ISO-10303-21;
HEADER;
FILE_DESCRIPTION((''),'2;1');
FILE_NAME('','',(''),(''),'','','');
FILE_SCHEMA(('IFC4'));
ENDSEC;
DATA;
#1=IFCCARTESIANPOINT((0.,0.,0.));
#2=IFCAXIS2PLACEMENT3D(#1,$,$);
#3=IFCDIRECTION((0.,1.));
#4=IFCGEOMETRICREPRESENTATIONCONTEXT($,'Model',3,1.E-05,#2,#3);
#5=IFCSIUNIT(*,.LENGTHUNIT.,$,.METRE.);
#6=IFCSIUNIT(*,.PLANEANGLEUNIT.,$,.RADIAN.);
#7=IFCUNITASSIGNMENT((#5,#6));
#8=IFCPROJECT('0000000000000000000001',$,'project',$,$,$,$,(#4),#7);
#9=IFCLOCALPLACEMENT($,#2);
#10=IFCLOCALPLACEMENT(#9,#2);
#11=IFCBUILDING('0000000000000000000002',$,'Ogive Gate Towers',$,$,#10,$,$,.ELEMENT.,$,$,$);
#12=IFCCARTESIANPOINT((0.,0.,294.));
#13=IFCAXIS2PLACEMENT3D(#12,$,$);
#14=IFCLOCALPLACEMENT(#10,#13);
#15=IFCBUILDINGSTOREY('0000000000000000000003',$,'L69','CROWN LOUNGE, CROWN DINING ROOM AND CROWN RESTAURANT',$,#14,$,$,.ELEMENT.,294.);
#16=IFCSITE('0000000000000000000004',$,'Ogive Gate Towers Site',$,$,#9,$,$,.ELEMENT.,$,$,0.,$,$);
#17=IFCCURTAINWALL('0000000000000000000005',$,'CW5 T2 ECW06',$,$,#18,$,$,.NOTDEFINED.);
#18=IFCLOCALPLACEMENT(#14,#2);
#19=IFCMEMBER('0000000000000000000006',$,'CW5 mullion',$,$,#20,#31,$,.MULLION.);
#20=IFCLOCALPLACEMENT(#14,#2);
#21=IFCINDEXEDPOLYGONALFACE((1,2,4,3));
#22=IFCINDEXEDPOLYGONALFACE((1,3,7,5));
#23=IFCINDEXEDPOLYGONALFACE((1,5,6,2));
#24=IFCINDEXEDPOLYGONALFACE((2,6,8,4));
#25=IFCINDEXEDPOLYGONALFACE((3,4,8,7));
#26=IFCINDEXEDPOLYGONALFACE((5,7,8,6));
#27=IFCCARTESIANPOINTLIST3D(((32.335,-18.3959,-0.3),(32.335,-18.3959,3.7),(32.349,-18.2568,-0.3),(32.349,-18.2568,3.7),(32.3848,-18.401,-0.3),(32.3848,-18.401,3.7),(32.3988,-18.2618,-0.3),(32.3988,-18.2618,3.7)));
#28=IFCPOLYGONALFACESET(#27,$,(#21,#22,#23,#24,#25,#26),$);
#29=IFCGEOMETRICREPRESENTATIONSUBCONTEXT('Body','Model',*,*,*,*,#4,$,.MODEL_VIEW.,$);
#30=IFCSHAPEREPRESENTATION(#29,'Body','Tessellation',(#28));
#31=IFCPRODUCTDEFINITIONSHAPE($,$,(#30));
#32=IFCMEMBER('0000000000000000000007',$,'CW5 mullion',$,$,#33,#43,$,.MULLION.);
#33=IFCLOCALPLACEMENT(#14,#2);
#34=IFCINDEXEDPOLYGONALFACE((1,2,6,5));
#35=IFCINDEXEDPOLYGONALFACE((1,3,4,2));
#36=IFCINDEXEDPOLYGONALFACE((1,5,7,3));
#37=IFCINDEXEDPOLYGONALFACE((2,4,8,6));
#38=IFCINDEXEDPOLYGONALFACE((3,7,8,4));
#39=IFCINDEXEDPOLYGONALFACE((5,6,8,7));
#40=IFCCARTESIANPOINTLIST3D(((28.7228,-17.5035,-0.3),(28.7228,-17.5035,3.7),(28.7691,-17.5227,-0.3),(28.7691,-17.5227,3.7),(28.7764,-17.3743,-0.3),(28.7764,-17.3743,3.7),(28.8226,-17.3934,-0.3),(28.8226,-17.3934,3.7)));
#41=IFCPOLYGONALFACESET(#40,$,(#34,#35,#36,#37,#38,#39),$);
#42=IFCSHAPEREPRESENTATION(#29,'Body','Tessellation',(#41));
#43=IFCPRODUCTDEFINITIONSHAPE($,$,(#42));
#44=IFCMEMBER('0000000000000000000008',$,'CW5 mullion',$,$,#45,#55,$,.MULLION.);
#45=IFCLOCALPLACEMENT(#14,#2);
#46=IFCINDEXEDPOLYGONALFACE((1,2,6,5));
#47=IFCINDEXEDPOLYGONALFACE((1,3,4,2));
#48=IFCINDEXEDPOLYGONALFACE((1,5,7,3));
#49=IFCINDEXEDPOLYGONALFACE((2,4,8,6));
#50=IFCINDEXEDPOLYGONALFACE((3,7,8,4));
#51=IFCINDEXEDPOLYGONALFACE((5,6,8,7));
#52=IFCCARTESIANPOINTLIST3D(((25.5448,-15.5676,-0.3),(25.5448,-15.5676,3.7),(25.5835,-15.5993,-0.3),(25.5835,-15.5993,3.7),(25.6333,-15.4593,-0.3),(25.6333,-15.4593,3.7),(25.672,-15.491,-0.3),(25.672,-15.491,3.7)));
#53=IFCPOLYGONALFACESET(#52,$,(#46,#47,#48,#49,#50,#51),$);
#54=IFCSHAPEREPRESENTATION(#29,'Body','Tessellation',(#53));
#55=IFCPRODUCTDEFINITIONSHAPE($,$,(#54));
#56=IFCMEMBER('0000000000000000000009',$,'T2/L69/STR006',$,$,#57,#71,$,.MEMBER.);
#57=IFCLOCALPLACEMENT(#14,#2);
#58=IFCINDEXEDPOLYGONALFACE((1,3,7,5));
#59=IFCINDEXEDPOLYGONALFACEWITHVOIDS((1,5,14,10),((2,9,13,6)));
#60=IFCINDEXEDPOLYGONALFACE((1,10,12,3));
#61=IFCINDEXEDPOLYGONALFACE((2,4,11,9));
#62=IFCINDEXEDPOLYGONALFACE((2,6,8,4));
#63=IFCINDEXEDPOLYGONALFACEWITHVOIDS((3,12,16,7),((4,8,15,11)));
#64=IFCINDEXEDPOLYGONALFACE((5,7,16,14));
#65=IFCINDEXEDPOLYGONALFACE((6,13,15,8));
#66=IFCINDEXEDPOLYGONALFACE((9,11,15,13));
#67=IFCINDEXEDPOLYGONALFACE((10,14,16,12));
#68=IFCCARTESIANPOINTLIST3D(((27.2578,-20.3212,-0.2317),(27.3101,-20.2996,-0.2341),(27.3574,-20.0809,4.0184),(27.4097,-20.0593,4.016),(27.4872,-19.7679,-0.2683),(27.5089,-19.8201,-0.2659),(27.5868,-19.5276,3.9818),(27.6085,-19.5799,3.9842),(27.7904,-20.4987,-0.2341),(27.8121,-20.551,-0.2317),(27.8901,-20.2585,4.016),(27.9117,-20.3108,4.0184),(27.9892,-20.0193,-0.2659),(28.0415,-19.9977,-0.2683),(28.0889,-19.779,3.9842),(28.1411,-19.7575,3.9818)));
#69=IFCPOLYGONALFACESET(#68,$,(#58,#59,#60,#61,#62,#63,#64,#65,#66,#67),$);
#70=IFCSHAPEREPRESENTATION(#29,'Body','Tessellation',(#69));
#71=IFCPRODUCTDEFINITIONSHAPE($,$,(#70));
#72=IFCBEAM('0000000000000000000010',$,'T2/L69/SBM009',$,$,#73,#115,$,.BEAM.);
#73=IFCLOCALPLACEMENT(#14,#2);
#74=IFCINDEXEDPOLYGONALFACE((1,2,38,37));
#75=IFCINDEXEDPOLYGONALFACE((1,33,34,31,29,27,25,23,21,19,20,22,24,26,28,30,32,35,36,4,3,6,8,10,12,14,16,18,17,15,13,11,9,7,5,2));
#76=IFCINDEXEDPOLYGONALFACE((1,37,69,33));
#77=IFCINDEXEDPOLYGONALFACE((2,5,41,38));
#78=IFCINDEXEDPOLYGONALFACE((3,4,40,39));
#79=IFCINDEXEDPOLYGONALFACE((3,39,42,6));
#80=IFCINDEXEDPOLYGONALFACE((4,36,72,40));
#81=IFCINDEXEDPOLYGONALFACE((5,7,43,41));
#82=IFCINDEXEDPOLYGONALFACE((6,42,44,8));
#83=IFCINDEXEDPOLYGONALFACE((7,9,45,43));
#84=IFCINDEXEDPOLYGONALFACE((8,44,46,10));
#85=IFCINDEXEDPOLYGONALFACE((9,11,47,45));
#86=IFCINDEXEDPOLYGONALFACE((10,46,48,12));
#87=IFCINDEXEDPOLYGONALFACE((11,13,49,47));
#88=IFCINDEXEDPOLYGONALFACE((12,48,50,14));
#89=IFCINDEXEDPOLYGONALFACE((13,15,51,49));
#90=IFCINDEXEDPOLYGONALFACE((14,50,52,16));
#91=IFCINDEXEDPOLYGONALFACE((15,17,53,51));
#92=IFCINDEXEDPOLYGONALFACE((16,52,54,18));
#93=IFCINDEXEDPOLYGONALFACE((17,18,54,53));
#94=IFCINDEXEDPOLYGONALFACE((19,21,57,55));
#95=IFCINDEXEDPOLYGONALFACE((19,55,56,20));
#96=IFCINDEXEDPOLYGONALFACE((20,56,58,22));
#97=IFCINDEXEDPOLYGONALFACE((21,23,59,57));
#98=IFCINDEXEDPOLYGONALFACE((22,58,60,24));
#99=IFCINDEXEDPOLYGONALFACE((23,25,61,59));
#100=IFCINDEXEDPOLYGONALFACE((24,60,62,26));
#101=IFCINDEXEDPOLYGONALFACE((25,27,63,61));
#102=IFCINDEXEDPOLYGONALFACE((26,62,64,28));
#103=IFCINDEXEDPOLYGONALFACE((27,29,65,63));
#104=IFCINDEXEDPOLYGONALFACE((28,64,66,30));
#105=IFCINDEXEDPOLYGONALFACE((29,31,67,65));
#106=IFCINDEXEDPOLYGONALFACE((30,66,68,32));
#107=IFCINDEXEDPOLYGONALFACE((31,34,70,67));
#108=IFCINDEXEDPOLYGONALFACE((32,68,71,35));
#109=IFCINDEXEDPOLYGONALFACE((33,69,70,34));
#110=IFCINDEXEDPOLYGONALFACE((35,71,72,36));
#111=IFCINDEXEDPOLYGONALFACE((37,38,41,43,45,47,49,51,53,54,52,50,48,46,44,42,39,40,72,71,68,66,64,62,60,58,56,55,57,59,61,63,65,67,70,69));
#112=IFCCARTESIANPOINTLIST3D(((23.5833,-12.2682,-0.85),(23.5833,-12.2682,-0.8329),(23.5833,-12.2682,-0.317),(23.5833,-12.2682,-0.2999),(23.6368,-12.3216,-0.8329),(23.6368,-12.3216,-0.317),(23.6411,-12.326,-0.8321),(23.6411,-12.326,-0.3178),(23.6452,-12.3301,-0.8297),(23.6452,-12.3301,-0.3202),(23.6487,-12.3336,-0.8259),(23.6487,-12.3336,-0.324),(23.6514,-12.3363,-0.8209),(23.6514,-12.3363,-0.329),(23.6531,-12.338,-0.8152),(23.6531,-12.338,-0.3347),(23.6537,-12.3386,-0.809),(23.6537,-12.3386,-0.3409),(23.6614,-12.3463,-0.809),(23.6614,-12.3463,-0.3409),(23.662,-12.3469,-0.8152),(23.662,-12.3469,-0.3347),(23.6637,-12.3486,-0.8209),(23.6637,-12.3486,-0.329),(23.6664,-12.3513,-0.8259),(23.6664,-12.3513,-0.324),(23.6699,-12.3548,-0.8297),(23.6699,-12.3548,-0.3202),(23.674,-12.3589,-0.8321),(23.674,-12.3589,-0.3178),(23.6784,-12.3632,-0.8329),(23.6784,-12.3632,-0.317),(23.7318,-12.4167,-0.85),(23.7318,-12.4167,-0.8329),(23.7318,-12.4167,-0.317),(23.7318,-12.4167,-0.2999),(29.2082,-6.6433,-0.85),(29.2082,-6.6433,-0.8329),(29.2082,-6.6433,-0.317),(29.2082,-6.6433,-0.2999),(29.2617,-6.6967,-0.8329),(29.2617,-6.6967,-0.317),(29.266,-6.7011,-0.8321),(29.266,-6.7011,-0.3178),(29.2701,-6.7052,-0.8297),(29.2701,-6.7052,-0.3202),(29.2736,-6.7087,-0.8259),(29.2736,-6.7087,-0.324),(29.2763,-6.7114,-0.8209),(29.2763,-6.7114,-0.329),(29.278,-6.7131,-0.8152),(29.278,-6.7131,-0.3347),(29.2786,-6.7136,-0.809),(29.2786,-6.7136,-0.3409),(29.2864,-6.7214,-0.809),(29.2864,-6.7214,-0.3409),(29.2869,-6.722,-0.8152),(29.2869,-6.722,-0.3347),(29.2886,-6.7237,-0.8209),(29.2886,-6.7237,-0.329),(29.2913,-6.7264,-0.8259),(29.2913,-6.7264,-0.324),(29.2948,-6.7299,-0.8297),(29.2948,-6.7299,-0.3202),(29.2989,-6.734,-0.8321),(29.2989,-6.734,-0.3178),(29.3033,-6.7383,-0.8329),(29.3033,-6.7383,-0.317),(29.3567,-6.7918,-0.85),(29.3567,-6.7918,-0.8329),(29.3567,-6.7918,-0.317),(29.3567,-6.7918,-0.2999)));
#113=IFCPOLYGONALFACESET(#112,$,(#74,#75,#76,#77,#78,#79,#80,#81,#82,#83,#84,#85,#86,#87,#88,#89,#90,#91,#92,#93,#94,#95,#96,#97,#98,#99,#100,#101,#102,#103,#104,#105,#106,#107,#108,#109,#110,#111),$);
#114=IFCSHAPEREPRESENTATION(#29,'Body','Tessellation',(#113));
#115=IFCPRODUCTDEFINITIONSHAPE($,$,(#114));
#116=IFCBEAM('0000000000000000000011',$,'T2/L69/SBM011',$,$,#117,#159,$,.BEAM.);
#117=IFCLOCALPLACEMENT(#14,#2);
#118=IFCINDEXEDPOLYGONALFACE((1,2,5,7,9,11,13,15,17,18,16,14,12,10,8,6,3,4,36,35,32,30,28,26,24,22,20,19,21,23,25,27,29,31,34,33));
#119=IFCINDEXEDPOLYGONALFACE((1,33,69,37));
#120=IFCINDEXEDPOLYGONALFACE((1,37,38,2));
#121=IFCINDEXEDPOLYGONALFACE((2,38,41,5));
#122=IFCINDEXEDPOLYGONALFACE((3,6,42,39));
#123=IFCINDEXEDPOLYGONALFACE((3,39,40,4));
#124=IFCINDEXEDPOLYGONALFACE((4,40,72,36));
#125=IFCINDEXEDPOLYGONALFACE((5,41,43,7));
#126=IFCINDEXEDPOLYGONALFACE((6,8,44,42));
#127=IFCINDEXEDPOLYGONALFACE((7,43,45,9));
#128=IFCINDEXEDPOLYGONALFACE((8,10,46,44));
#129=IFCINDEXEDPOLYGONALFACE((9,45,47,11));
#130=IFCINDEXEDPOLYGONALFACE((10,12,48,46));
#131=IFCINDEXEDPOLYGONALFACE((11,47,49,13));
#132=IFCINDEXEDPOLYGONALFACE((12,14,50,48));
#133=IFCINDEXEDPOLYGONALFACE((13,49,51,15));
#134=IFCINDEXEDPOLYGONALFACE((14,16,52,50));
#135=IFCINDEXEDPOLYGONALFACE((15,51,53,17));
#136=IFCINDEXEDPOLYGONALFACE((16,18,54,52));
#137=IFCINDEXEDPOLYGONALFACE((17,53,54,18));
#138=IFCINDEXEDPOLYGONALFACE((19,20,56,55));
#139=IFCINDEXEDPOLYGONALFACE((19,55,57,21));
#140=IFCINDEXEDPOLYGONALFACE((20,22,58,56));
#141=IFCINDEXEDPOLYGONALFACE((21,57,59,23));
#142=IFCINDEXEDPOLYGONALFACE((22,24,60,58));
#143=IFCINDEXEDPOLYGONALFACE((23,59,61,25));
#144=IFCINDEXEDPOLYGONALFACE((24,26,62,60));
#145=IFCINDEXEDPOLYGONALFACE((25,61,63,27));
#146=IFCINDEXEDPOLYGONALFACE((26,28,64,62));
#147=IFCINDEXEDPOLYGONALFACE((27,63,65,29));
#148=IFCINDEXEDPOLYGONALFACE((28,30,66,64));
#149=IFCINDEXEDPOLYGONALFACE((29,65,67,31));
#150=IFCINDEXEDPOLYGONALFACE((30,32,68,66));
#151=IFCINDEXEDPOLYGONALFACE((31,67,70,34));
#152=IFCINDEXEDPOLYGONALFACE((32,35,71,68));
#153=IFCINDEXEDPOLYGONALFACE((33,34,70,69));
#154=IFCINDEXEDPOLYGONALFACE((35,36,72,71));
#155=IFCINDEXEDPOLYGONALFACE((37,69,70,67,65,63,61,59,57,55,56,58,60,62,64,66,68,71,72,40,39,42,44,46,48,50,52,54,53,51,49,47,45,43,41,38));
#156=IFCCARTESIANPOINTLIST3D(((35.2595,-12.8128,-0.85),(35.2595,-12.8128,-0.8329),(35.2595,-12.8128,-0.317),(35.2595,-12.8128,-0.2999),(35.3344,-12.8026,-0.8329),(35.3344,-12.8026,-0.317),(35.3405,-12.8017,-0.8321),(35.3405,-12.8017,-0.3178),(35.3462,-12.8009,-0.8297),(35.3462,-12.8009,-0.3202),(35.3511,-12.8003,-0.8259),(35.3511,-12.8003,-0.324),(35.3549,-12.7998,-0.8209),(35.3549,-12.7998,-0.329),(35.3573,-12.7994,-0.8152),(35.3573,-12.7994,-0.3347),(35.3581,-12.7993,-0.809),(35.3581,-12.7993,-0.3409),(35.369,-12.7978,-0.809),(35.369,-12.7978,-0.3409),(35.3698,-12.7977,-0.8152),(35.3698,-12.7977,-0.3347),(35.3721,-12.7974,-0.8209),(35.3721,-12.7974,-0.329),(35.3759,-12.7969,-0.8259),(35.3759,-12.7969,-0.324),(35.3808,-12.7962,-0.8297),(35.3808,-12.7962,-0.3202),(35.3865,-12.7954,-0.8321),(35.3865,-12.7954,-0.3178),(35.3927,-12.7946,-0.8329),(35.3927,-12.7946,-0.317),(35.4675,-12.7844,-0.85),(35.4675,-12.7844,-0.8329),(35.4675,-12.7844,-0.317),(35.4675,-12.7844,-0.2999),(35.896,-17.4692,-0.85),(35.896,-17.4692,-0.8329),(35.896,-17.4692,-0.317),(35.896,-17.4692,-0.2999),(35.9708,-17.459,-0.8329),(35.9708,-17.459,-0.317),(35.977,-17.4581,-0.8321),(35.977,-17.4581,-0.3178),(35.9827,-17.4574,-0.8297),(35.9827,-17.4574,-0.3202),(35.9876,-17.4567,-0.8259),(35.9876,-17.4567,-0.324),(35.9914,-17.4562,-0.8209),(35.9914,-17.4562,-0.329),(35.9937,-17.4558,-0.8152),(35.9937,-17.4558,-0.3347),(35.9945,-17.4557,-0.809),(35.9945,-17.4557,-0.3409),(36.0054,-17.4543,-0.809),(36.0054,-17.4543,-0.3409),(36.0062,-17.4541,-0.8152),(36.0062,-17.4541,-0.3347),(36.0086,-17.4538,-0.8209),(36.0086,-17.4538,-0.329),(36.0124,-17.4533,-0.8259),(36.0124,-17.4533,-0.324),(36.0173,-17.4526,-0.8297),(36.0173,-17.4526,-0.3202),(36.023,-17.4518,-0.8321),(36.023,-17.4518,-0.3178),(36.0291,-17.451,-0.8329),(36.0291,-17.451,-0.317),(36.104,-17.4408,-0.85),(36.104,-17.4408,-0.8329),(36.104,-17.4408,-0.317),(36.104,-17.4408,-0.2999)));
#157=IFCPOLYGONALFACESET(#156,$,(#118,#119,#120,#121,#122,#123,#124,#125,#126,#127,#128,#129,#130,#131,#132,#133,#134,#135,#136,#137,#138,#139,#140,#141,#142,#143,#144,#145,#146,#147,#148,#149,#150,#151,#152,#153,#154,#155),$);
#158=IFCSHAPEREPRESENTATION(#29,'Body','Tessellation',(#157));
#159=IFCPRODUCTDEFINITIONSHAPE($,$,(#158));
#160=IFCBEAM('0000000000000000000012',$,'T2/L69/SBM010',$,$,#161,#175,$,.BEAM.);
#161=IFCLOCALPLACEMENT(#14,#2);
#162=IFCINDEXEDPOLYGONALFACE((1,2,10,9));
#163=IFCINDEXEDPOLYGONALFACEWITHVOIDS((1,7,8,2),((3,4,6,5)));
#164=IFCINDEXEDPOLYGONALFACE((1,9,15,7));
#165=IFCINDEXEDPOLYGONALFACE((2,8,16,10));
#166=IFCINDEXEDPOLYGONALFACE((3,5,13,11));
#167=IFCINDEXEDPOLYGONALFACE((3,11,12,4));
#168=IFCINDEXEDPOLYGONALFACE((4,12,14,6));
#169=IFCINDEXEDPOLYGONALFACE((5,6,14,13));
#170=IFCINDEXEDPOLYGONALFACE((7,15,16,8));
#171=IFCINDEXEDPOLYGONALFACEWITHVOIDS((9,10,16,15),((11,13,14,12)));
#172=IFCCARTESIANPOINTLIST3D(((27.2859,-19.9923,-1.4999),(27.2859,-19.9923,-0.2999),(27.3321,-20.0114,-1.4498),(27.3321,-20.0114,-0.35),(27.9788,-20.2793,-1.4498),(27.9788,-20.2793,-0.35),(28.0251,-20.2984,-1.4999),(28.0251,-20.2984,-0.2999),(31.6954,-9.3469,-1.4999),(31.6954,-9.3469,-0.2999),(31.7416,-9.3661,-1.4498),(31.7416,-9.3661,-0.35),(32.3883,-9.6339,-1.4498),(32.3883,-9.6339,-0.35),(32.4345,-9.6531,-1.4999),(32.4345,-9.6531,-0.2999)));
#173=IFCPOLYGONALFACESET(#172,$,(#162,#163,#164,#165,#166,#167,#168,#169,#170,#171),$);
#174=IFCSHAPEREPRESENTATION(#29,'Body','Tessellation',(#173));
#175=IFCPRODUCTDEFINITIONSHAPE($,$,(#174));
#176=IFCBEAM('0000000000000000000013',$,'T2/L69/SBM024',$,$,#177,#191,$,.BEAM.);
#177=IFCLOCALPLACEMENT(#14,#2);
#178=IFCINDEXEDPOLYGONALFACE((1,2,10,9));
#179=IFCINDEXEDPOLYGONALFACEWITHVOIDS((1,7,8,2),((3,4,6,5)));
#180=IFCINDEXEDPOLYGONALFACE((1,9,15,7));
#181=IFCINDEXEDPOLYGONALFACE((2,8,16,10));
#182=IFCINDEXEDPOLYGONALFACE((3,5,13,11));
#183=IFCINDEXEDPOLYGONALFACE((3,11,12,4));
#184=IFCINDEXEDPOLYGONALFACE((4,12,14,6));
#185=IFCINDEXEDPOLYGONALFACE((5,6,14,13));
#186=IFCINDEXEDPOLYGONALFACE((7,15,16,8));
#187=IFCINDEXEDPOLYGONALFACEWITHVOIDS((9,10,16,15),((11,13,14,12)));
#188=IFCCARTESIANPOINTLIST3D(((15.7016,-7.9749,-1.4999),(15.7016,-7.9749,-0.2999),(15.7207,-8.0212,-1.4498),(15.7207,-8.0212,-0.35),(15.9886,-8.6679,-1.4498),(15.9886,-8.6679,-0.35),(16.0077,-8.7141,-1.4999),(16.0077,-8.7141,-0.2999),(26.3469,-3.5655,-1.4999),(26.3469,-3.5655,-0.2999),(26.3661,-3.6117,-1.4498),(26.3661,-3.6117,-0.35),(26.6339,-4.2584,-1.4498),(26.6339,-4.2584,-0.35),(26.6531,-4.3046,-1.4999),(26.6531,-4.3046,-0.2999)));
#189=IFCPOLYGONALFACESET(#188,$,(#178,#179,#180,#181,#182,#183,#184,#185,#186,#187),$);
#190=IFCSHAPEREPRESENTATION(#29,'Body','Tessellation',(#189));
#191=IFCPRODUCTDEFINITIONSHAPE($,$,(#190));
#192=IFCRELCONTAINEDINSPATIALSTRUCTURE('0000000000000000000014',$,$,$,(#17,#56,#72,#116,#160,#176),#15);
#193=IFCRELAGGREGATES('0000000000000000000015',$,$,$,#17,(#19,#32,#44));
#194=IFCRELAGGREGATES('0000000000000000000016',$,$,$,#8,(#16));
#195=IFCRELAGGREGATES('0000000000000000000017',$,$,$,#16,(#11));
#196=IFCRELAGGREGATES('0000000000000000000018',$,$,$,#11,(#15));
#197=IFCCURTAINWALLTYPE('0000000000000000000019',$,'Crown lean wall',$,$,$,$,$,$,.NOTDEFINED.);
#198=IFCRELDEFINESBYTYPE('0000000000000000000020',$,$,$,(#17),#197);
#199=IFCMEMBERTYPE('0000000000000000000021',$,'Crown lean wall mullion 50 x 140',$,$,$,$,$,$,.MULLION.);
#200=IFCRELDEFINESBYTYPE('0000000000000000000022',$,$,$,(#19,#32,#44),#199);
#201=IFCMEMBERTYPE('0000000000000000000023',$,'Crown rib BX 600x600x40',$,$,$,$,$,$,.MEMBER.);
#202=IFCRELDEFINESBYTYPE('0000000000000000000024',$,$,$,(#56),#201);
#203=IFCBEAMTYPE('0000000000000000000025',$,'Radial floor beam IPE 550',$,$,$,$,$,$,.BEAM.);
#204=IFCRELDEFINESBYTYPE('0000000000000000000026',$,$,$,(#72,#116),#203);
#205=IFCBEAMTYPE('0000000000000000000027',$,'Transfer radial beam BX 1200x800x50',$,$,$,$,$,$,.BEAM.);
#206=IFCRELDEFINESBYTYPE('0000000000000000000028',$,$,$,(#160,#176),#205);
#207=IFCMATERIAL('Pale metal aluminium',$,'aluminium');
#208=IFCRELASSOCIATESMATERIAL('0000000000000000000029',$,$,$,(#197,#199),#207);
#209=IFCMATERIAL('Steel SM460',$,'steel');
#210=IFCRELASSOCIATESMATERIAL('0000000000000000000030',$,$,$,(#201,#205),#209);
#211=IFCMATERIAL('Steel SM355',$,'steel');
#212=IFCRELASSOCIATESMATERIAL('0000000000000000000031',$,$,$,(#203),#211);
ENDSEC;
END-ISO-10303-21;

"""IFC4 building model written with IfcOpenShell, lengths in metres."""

from ifc_helpers import new_model, si_unit, direction, frame, origin, origin_2d, place, context, subcontext, project, spatial, rectangle, hollow_rectangle, i_section, extrude, material, material_profile, profile_set, type_object, element, aggregate, save


model = new_model("IFC4")

# Units and contexts
model_context = context("Model", 3, precision=1e-05, world=origin(), true_north=direction((0.0, 1.0)))
body_context = subcontext(model_context, "Body", "Model", "MODEL_VIEW")
ifc_project = project(units=[si_unit("LENGTHUNIT", "METRE"), si_unit("PLANEANGLEUNIT", "RADIAN")], contexts=[model_context])

# Site, building, storey
site_placement = place(None, origin())
site = spatial("IfcSite", under=ifc_project, at=site_placement, Name="Ogive Gate Towers Site", CompositionType="ELEMENT", RefElevation=0.0)
building_placement = place(site_placement, origin())
building = spatial("IfcBuilding", under=site, at=building_placement, Name="Ogive Gate Towers", CompositionType="ELEMENT")
storey_placement = place(building_placement, frame((0.0, 0.0, 294.0)))
storey = spatial("IfcBuildingStorey", under=building, at=storey_placement, Name="L69", Description="CROWN LOUNGE, CROWN DINING ROOM AND CROWN RESTAURANT", CompositionType="ELEMENT", Elevation=294.0)

# Curtain wall, members
ifc_material_1 = material(Name="Pale metal aluminium", Category="aluminium")
curtain_wall_type = type_object("IfcCurtainWallType", Name="Crown lean wall", PredefinedType="NOTDEFINED", material=ifc_material_1)
curtain_wall_placement = place(storey_placement, origin())
curtain_wall = element("IfcCurtainWall", 1, at=curtain_wall_placement, inside=storey, type_object=curtain_wall_type, Name="CW5 T2 ECW06", PredefinedType="NOTDEFINED")
ifc_material_profile_1 = material_profile(ifc_material_1, rectangle(XDim=0.1399, YDim=0.05, at=origin_2d()), Name="50 x 140 aluminium box")
ifc_profile_set_1 = profile_set([ifc_material_profile_1], Name="Pale metal aluminium")
member_type_1 = type_object("IfcMemberType", Name="Crown lean wall mullion 50 x 140", PredefinedType="MULLION", material=ifc_profile_set_1)
member_1_placement = place(storey_placement, frame((32.3669, -18.3289, -0.3), z_axis=(0.0, 0.0, 1.0), x_axis=(0.100101, 0.994977, 0.0)))
member_1 = element("IfcMember", 2, at=member_1_placement, type_object=member_type_1, Name="CW5 mullion", PredefinedType="MULLION", context=body_context, shape_type="SweptSolid", body=[
    extrude(rectangle(XDim=0.1399, YDim=0.05, at=origin_2d()), origin(), (0.0, 0.0, 1.0), 4.0),
])
member_2_placement = place(storey_placement, frame((28.7727, -17.4485, -0.3), z_axis=(0.0, 0.0, 1.0), x_axis=(0.382683, 0.92388, 0.0)))
member_2 = element("IfcMember", 3, at=member_2_placement, type_object=member_type_1, Name="CW5 mullion", PredefinedType="MULLION", context=body_context, shape_type="SweptSolid", body=[
    extrude(rectangle(XDim=0.1399, YDim=0.05, at=origin_2d()), origin(), (0.0, 0.0, 1.0), 4.0),
])
member_3_placement = place(storey_placement, frame((25.6084, -15.5293, -0.3), z_axis=(0.0, 0.0, 1.0), x_axis=(0.632759, 0.774348, 0.0)))
member_3 = element("IfcMember", 4, at=member_3_placement, type_object=member_type_1, Name="CW5 mullion", PredefinedType="MULLION", context=body_context, shape_type="SweptSolid", body=[
    extrude(rectangle(XDim=0.1399, YDim=0.05, at=origin_2d()), origin(), (0.0, 0.0, 1.0), 4.0),
])

# Member
ifc_material_2 = material(Name="Steel SM460", Category="steel")
ifc_material_profile_2 = material_profile(ifc_material_2, hollow_rectangle(XDim=0.6001, YDim=0.6001, WallThickness=0.04, at=origin_2d()), Name="BX 600x600x40")
ifc_profile_set_2 = profile_set([ifc_material_profile_2], Name="Steel SM460")
member_type_2 = type_object("IfcMemberType", Name="Crown rib BX 600x600x40", PredefinedType="MEMBER", material=ifc_profile_set_2)
member_4_placement = place(storey_placement, frame((27.6497, -20.1594, -0.25), z_axis=(0.023394, 0.05642, 0.998133), x_axis=(-0.923742, 0.383015, 0.0)))
element("IfcMember", 5, at=member_4_placement, inside=storey, type_object=member_type_2, Name="T2/L69/STR006", PredefinedType="MEMBER", context=body_context, shape_type="SweptSolid", body=[
    extrude(hollow_rectangle(XDim=0.6001, YDim=0.6001, WallThickness=0.04, at=origin_2d()), origin(), (0.0, 0.0, 1.0), 4.2581),
])

# Beams
ifc_material_3 = material(Name="Steel SM355", Category="steel")
ifc_material_profile_3 = material_profile(ifc_material_3, i_section(OverallWidth=0.21, OverallDepth=0.55, WebThickness=0.011, FlangeThickness=0.0171, FilletRadius=0.0239, at=origin_2d()), Name="IPE 550")
ifc_profile_set_3 = profile_set([ifc_material_profile_3], Name="Steel SM355")
beam_type_1 = type_object("IfcBeamType", Name="Radial floor beam IPE 550", PredefinedType="BEAM", material=ifc_profile_set_3)
beam_1_placement = place(storey_placement, frame((29.2825, -6.7175, -0.575), z_axis=(-0.707107, -0.707107, 0.0), x_axis=(0.707107, -0.707107, 0.0)))
element("IfcBeam", 6, at=beam_1_placement, inside=storey, type_object=beam_type_1, Name="T2/L69/SBM009", PredefinedType="BEAM", context=body_context, shape_type="SweptSolid", body=[
    extrude(i_section(OverallWidth=0.21, OverallDepth=0.55, WebThickness=0.011, FlangeThickness=0.0171, FilletRadius=0.0239, at=origin_2d()), origin(), (0.0, 0.0, 1.0), 7.9548),
])
beam_2_placement = place(storey_placement, frame((35.3635, -12.7986, -0.575), z_axis=(0.135426, -0.990787, 0.0), x_axis=(0.990787, 0.135426, 0.0)))
element("IfcBeam", 7, at=beam_2_placement, inside=storey, type_object=beam_type_1, Name="T2/L69/SBM011", PredefinedType="BEAM", context=body_context, shape_type="SweptSolid", body=[
    extrude(i_section(OverallWidth=0.21, OverallDepth=0.55, WebThickness=0.011, FlangeThickness=0.0171, FilletRadius=0.0239, at=origin_2d()), origin(), (0.0, 0.0, 1.0), 4.6997),
])
ifc_material_profile_4 = material_profile(ifc_material_2, hollow_rectangle(XDim=0.8, YDim=1.2, WallThickness=0.05, at=origin_2d()), Name="BX 1200x800x50")
ifc_profile_set_4 = profile_set([ifc_material_profile_4], Name="Steel SM460")
beam_type_2 = type_object("IfcBeamType", Name="Transfer radial beam BX 1200x800x50", PredefinedType="BEAM", material=ifc_profile_set_4)
for number, where, z_axis, x_axis, name in (
    (8, (32.0649, -9.5, -0.8999), (-0.382684, -0.923879, 0.0), (0.923879, -0.382684, 0.0), "T2/L69/SBM010"),
    (9, (26.5, -3.9351, -0.8999), (-0.923879, -0.382684, 0.0), (0.382684, -0.923879, 0.0), "T2/L69/SBM024"),
):
    element("IfcBeam", number, at=place(storey_placement, frame(where, z_axis=z_axis, x_axis=x_axis)), inside=storey, type_object=beam_type_2, Name=name, PredefinedType="BEAM", context=body_context, shape_type="SweptSolid", body=[
        extrude(hollow_rectangle(XDim=0.8, YDim=1.2, WallThickness=0.05, at=origin_2d()), origin(), (0.0, 0.0, 1.0), 11.5225),
    ])

aggregate(curtain_wall, [member_1, member_2, member_3])

save(model, "model.ifc")
